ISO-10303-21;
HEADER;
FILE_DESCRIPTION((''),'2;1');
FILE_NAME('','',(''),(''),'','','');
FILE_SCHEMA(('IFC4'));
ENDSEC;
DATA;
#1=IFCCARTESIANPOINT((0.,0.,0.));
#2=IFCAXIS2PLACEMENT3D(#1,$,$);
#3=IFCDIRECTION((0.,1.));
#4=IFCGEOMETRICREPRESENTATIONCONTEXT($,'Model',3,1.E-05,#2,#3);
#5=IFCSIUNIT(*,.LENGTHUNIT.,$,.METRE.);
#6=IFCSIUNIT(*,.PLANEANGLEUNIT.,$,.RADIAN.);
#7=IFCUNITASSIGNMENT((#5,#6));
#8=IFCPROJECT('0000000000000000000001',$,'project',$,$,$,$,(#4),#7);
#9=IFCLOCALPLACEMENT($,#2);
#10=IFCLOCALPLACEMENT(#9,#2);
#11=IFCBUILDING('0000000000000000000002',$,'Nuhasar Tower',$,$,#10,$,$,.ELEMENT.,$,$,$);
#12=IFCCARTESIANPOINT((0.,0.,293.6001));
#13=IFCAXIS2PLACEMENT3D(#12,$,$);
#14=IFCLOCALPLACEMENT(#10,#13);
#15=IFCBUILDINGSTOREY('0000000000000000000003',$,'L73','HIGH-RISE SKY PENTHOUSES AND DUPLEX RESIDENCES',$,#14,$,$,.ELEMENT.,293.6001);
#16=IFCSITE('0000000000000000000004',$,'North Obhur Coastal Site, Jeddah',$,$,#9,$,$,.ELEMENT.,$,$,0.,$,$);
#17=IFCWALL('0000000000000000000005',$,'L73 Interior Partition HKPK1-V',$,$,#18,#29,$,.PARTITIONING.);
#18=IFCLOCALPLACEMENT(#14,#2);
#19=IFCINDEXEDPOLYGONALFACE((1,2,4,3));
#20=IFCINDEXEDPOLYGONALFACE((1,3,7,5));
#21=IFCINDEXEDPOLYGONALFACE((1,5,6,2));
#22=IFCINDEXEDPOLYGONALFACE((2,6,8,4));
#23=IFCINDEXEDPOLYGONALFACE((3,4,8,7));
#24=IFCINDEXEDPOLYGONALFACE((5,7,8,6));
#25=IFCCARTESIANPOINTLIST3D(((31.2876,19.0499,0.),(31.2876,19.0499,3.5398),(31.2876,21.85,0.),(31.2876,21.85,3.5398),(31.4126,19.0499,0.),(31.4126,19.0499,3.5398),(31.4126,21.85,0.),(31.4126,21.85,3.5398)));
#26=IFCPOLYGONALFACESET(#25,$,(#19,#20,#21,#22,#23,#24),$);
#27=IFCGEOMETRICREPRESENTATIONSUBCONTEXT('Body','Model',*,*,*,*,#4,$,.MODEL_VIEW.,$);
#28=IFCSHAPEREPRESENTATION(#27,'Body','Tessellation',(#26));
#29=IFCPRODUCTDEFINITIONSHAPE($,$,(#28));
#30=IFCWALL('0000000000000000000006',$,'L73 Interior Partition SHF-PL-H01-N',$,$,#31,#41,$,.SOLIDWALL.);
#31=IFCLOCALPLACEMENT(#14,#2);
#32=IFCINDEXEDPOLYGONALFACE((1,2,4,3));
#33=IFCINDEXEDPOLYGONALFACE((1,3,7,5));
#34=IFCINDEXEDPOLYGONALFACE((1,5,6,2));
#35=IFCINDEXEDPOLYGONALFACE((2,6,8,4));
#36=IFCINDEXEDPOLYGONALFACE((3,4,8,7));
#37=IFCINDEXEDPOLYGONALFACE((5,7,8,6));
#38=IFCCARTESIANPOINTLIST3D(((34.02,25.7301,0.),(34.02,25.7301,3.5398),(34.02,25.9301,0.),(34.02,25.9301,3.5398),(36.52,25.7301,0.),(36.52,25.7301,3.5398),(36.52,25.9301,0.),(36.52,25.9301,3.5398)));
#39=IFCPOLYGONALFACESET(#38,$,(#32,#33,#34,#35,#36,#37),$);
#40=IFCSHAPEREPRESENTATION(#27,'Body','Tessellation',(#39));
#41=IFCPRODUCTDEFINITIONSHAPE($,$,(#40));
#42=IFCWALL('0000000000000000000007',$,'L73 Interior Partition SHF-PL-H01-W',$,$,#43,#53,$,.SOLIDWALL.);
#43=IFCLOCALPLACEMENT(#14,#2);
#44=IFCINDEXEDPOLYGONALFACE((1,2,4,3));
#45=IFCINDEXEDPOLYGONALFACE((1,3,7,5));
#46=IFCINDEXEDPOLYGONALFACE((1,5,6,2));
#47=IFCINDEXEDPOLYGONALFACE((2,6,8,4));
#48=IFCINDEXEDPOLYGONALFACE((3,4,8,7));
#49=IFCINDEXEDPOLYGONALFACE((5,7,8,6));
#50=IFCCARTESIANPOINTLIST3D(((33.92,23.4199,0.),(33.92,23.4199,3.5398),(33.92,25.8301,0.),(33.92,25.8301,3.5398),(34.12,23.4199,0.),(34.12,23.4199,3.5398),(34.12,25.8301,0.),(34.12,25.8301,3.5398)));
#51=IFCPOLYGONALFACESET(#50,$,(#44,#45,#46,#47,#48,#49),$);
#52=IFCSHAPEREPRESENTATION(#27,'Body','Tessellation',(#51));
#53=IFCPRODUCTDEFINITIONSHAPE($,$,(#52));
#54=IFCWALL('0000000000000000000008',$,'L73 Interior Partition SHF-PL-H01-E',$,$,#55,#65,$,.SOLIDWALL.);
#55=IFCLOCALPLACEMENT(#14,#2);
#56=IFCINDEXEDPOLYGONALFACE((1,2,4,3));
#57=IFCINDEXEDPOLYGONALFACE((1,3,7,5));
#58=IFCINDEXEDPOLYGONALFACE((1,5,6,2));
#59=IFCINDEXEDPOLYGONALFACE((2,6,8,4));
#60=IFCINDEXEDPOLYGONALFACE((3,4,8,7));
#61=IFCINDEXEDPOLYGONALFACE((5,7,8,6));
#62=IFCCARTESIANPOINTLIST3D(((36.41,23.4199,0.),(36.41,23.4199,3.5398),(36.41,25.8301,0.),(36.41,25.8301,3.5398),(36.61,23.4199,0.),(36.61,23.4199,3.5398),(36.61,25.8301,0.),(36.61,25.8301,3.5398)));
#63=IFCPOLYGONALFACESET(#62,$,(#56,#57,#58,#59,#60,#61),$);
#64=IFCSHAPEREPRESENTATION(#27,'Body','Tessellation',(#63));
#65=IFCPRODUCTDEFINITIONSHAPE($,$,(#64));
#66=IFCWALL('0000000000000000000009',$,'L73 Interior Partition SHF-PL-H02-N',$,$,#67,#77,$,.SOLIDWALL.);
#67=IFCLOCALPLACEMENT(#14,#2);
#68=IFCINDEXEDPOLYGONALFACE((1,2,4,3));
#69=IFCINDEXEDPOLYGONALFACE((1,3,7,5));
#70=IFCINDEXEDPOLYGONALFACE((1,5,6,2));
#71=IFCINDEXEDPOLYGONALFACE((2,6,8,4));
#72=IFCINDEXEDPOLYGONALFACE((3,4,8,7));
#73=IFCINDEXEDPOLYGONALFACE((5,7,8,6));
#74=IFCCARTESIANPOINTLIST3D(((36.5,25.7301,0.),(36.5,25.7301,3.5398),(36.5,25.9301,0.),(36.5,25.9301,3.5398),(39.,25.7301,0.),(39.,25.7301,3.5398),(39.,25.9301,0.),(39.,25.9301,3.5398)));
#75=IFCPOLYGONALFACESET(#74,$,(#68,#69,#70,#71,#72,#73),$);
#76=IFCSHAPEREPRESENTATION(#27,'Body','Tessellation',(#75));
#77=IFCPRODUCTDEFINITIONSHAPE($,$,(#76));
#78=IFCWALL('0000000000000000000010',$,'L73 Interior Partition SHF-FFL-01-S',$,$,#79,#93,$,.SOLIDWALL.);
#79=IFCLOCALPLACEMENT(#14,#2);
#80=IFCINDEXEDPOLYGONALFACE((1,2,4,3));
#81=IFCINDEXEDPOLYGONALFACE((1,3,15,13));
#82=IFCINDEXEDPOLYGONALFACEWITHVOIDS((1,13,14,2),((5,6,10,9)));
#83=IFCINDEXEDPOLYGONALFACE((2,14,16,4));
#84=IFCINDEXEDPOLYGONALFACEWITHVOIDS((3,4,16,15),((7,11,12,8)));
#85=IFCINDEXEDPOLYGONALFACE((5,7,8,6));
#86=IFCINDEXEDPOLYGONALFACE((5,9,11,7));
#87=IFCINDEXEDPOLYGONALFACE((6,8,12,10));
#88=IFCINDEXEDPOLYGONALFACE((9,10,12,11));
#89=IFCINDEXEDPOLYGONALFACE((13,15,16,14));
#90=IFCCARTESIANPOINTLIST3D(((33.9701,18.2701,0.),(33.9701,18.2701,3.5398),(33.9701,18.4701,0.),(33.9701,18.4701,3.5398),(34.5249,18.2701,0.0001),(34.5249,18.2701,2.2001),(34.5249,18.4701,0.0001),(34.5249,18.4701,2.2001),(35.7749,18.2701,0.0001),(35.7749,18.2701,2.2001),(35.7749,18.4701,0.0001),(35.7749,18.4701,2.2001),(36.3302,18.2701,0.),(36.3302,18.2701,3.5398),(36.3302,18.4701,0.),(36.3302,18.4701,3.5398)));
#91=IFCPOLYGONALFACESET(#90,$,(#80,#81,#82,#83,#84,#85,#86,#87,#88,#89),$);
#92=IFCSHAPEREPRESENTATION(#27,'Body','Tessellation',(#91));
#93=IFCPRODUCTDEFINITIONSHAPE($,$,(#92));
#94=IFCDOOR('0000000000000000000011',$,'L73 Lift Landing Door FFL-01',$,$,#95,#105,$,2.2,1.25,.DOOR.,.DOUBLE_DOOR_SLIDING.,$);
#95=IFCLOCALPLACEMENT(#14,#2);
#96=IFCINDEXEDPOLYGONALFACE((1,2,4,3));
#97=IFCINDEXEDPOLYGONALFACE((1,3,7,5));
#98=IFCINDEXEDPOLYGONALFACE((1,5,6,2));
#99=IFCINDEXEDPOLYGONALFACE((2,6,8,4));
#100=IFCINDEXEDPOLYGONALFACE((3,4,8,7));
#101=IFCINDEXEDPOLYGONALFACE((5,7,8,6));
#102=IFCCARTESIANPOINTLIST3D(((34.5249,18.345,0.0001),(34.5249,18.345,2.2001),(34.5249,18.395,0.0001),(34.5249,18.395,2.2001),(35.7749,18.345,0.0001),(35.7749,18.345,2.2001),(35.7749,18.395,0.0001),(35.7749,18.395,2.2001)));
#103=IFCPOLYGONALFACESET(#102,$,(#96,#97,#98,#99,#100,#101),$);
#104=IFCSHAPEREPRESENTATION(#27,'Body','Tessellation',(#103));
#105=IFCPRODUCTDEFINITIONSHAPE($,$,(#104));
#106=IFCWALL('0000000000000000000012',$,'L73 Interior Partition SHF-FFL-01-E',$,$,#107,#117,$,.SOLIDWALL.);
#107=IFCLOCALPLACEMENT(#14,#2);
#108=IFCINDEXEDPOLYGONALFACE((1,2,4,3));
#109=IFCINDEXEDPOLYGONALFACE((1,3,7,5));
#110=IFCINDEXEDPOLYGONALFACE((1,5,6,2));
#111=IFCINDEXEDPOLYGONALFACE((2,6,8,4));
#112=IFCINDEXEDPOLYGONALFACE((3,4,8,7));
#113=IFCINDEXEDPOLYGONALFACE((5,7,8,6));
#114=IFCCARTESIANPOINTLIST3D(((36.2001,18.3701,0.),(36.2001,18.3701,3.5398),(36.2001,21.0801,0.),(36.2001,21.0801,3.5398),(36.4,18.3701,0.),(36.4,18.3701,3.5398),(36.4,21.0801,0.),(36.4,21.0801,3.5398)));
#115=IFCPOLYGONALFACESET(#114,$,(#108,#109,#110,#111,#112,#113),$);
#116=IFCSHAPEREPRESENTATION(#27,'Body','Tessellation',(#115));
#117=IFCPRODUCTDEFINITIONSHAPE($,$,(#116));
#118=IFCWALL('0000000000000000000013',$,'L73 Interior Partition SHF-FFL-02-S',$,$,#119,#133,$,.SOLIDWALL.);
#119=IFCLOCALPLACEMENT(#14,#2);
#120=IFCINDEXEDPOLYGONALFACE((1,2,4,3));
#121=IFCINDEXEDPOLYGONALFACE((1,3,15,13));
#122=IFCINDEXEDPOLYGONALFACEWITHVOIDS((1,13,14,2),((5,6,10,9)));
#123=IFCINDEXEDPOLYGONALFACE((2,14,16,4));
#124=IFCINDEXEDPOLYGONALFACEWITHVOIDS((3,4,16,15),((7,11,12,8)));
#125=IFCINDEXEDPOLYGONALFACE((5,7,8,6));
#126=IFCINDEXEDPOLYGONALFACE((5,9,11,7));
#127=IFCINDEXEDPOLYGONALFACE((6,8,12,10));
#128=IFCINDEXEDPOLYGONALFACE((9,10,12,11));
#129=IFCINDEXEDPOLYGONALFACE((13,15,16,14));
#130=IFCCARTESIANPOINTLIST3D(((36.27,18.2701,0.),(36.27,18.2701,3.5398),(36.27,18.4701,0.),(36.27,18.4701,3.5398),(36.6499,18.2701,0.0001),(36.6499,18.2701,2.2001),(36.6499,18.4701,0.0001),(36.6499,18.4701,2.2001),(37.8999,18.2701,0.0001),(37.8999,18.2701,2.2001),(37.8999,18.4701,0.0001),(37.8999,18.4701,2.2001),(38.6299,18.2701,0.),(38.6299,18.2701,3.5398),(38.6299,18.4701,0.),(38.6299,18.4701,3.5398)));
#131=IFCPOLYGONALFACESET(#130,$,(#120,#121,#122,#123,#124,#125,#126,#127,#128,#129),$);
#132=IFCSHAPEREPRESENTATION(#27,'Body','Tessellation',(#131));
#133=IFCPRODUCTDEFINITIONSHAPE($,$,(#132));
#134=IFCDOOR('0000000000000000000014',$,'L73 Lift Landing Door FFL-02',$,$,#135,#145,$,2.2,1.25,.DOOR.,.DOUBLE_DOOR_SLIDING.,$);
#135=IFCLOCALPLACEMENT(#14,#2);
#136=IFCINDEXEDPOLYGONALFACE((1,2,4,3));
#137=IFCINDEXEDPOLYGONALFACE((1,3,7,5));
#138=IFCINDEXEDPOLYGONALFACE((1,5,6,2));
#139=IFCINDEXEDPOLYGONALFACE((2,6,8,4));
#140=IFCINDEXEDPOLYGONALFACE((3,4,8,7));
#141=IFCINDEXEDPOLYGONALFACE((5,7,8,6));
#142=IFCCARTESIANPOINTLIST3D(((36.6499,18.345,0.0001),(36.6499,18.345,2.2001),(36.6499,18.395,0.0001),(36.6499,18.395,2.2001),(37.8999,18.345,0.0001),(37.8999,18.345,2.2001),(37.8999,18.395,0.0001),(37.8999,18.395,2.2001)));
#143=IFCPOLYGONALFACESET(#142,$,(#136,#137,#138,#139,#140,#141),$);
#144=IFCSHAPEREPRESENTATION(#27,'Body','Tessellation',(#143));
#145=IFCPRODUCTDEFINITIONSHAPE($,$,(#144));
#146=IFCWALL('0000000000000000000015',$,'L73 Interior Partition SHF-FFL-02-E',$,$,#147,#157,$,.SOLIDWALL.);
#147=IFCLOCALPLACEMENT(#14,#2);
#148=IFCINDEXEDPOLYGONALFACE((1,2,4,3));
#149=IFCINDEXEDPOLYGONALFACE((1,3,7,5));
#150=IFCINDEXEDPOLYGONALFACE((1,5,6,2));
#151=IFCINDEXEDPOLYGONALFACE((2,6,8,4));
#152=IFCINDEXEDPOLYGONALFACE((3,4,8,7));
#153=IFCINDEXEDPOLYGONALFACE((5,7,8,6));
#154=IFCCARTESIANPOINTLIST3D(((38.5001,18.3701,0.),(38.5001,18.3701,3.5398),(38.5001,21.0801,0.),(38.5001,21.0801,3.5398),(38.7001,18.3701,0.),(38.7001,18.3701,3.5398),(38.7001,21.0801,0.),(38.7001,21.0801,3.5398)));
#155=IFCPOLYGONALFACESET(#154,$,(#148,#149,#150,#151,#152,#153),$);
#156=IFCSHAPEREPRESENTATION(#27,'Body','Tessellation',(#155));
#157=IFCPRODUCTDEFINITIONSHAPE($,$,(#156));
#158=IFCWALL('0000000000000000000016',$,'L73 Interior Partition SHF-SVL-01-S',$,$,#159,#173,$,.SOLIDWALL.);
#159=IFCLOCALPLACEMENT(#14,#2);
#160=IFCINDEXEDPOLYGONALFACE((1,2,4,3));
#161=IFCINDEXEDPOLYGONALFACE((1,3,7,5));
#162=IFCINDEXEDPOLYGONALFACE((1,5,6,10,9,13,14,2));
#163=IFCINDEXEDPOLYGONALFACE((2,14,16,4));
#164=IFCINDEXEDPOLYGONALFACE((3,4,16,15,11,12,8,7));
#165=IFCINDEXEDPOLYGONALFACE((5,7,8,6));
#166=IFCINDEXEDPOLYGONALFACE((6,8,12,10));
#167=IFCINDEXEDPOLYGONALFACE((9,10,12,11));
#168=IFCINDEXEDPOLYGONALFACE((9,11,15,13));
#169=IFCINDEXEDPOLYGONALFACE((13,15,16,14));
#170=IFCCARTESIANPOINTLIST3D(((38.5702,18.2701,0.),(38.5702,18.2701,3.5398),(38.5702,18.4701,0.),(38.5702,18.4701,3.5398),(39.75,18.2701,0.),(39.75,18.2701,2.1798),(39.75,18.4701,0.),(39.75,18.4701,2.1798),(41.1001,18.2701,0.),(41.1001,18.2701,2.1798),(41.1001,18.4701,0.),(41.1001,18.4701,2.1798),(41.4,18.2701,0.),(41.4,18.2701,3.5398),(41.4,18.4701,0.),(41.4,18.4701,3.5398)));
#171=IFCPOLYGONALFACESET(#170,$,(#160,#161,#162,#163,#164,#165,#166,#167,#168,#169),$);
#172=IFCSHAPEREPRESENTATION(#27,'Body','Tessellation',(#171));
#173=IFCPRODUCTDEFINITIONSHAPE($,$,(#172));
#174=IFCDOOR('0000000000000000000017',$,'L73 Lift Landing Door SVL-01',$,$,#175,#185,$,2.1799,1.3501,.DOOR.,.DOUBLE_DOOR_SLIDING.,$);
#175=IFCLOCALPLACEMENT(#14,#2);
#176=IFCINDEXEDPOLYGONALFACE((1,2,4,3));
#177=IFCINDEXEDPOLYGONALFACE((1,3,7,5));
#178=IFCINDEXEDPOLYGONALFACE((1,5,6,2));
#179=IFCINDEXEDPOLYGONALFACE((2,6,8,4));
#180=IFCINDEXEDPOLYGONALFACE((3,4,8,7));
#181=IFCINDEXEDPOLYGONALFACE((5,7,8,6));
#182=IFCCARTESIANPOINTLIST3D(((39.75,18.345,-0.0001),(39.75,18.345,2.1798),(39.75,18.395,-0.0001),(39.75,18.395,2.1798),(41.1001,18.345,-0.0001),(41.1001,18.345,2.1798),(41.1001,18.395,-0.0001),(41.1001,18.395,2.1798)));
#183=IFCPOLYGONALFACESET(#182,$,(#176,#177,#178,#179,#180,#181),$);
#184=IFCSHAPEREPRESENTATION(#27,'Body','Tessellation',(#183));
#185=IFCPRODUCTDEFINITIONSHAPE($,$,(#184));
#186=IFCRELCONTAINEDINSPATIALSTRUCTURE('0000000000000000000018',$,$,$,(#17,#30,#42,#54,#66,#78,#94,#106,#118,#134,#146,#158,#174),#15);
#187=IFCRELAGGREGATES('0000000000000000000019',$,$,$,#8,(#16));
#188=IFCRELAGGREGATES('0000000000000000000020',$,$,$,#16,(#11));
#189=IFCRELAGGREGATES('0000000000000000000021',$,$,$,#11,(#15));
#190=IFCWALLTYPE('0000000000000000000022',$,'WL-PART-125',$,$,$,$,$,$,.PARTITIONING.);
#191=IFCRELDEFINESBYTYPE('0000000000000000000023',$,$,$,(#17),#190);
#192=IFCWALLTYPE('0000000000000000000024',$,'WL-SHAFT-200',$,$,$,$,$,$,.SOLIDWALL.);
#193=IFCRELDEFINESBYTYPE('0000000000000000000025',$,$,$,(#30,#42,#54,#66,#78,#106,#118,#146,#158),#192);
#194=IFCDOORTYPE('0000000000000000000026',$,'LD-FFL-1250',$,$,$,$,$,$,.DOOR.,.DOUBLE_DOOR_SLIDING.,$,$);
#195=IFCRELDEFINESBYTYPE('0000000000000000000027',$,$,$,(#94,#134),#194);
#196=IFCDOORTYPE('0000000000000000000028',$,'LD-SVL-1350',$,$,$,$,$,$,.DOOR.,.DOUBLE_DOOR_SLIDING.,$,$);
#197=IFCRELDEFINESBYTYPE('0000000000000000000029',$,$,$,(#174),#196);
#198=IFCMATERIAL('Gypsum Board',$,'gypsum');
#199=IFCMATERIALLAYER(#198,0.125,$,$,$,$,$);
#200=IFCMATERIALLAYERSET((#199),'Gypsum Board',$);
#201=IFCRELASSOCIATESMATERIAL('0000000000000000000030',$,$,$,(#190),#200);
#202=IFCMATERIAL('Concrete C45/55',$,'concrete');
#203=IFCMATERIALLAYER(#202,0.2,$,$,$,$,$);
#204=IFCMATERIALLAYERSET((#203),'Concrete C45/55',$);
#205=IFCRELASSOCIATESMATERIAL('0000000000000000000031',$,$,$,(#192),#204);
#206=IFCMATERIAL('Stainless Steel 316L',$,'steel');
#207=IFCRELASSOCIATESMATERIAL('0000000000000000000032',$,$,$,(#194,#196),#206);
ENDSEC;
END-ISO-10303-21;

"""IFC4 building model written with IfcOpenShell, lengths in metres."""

from ifc_helpers import new_model, si_unit, direction, frame, frame_2d, origin, place, context, subcontext, project, spatial, rectangle, extrude, material, layer, layer_set, type_object, element, fill, save


model = new_model("IFC4")

# Units and contexts
model_context = context("Model", 3, precision=1e-05, world=origin(), true_north=direction((0.0, 1.0)))
body_context = subcontext(model_context, "Body", "Model", "MODEL_VIEW")
ifc_project = project(units=[si_unit("LENGTHUNIT", "METRE"), si_unit("PLANEANGLEUNIT", "RADIAN")], contexts=[model_context])

# Site, building, storey
site_placement = place(None, origin())
site = spatial("IfcSite", under=ifc_project, at=site_placement, Name="North Obhur Coastal Site, Jeddah", CompositionType="ELEMENT", RefElevation=0.0)
building_placement = place(site_placement, origin())
building = spatial("IfcBuilding", under=site, at=building_placement, Name="Nuhasar Tower", CompositionType="ELEMENT")
storey_placement = place(building_placement, frame((0.0, 0.0, 293.6001)))
storey = spatial("IfcBuildingStorey", under=building, at=storey_placement, Name="L73", Description="HIGH-RISE SKY PENTHOUSES AND DUPLEX RESIDENCES", CompositionType="ELEMENT", Elevation=293.6001)

# Shared definitions
ifc_material_1 = material(Name="Gypsum Board", Category="gypsum")

# Shared definitions
ifc_material_2 = material(Name="Concrete C45/55", Category="concrete")

# Shared definitions
ifc_layer_1 = layer(ifc_material_1, 0.125)
ifc_layer_set_1 = layer_set([ifc_layer_1], Name="Gypsum Board")
wall_type_1 = type_object("IfcWallType", Name="WL-PART-125", PredefinedType="PARTITIONING", material=ifc_layer_set_1)

# Wall
wall_1_placement = place(storey_placement, frame((31.3501, 19.05, 0.0), z_axis=(0.0, 0.0, 1.0), x_axis=(0.0, 1.0, 0.0)))
element("IfcWall", 1, at=wall_1_placement, inside=storey, type_object=wall_type_1, Name="L73 Interior Partition HKPK1-V", PredefinedType="PARTITIONING", context=body_context, shape_type="SweptSolid", body=[
    extrude(rectangle(XDim=2.8, YDim=0.125, at=frame_2d((1.3999, 0.0))), origin(), (0.0, 0.0, 1.0), 3.5398),
])

# Shared definitions
ifc_layer_2 = layer(ifc_material_2, 0.2)
ifc_layer_set_2 = layer_set([ifc_layer_2], Name="Concrete C45/55")
wall_type_2 = type_object("IfcWallType", Name="WL-SHAFT-200", PredefinedType="SOLIDWALL", material=ifc_layer_set_2)
ifc_material_3 = material(Name="Stainless Steel 316L", Category="steel")

# Walls
wall_2_placement = place(storey_placement, frame((34.02, 25.8301, 0.0), z_axis=(0.0, 0.0, 1.0), x_axis=(1.0, 0.0, 0.0)))
element("IfcWall", 2, at=wall_2_placement, inside=storey, type_object=wall_type_2, Name="L73 Interior Partition SHF-PL-H01-N", PredefinedType="SOLIDWALL", context=body_context, shape_type="SweptSolid", body=[
    extrude(rectangle(XDim=2.5, YDim=0.2, at=frame_2d((1.25, 0.0))), origin(), (0.0, 0.0, 1.0), 3.5398),
])
for number, where, z_axis, x_axis, name in (
    (3, (34.02, 23.4199, 0.0), (0.0, 0.0, 1.0), (0.0, 1.0, 0.0), "L73 Interior Partition SHF-PL-H01-W"),
    (4, (36.51, 23.4199, 0.0), (0.0, 0.0, 1.0), (0.0, 1.0, 0.0), "L73 Interior Partition SHF-PL-H01-E"),
):
    element("IfcWall", number, at=place(storey_placement, frame(where, z_axis=z_axis, x_axis=x_axis)), inside=storey, type_object=wall_type_2, Name=name, PredefinedType="SOLIDWALL", context=body_context, shape_type="SweptSolid", body=[
        extrude(rectangle(XDim=2.4102, YDim=0.2, at=frame_2d((1.2051, 0.0))), origin(), (0.0, 0.0, 1.0), 3.5398),
    ])

# Wall
wall_3_placement = place(storey_placement, frame((36.5, 25.8301, 0.0), z_axis=(0.0, 0.0, 1.0), x_axis=(1.0, 0.0, 0.0)))
element("IfcWall", 5, at=wall_3_placement, inside=storey, type_object=wall_type_2, Name="L73 Interior Partition SHF-PL-H02-N", PredefinedType="SOLIDWALL", context=body_context, shape_type="SweptSolid", body=[
    extrude(rectangle(XDim=2.5, YDim=0.2, at=frame_2d((1.25, 0.0))), origin(), (0.0, 0.0, 1.0), 3.5398),
])

# Wall, opening, door
wall_4_placement = place(storey_placement, frame((33.97, 18.3701, 0.0), z_axis=(0.0, 0.0, 1.0), x_axis=(1.0, 0.0, 0.0)))
wall_4 = element("IfcWall", 6, at=wall_4_placement, inside=storey, type_object=wall_type_2, Name="L73 Interior Partition SHF-FFL-01-S", PredefinedType="SOLIDWALL", context=body_context, shape_type="SweptSolid", body=[
    extrude(rectangle(XDim=2.3601, YDim=0.2, at=frame_2d((1.1802, 0.0))), origin(), (0.0, 0.0, 1.0), 3.5398),
])
opening_1_placement = place(wall_4_placement, frame((0.5549, 0.0, 0.0)))
opening_1 = element("IfcOpeningElement", 7, at=opening_1_placement, cuts=wall_4, PredefinedType="OPENING", context=body_context, shape_type="SweptSolid", body=[
    extrude(rectangle(XDim=1.25, YDim=2.2, at=frame_2d((0.625, 1.1001))), frame((0.0, 0.1099, 0.0), z_axis=(0.0, -1.0, 0.0), x_axis=(1.0, 0.0, 0.0)), (0.0, 0.0, 1.0), 0.22),
])
door_type_1 = type_object("IfcDoorType", Name="LD-FFL-1250", OperationType="DOUBLE_DOOR_SLIDING", PredefinedType="DOOR", material=ifc_material_3)
door_1_placement = place(opening_1_placement, origin())
door_1 = element("IfcDoor", 8, at=door_1_placement, inside=storey, type_object=door_type_1, Name="L73 Lift Landing Door FFL-01", OperationType="DOUBLE_DOOR_SLIDING", OverallHeight=2.2, OverallWidth=1.25, PredefinedType="DOOR", context=body_context, shape_type="SweptSolid", body=[
    extrude(rectangle(XDim=1.25, YDim=2.2, at=frame_2d((0.625, 1.1001))), frame((0.0, 0.0249, 0.0), z_axis=(0.0, -1.0, 0.0), x_axis=(1.0, 0.0, 0.0)), (0.0, 0.0, 1.0), 0.05),
])
fill(opening_1, door_1)

# Wall
wall_5_placement = place(storey_placement, frame((36.3, 18.3701, 0.0), z_axis=(0.0, 0.0, 1.0), x_axis=(0.0, 1.0, 0.0)))
element("IfcWall", 9, at=wall_5_placement, inside=storey, type_object=wall_type_2, Name="L73 Interior Partition SHF-FFL-01-E", PredefinedType="SOLIDWALL", context=body_context, shape_type="SweptSolid", body=[
    extrude(rectangle(XDim=2.71, YDim=0.2, at=frame_2d((1.355, 0.0))), origin(), (0.0, 0.0, 1.0), 3.5398),
])

# Wall, opening, door
wall_6_placement = place(storey_placement, frame((36.27, 18.3701, 0.0), z_axis=(0.0, 0.0, 1.0), x_axis=(1.0, 0.0, 0.0)))
wall_6 = element("IfcWall", 10, at=wall_6_placement, inside=storey, type_object=wall_type_2, Name="L73 Interior Partition SHF-FFL-02-S", PredefinedType="SOLIDWALL", context=body_context, shape_type="SweptSolid", body=[
    extrude(rectangle(XDim=2.3599, YDim=0.2, at=frame_2d((1.1799, 0.0))), origin(), (0.0, 0.0, 1.0), 3.5398),
])
opening_2_placement = place(wall_6_placement, frame((0.3799, 0.0, 0.0)))
opening_2 = element("IfcOpeningElement", 11, at=opening_2_placement, cuts=wall_6, PredefinedType="OPENING", context=body_context, shape_type="SweptSolid", body=[
    extrude(rectangle(XDim=1.25, YDim=2.2, at=frame_2d((0.625, 1.1001))), frame((0.0, 0.1099, 0.0), z_axis=(0.0, -1.0, 0.0), x_axis=(1.0, 0.0, 0.0)), (0.0, 0.0, 1.0), 0.22),
])
door_2_placement = place(opening_2_placement, origin())
door_2 = element("IfcDoor", 12, at=door_2_placement, inside=storey, type_object=door_type_1, Name="L73 Lift Landing Door FFL-02", OperationType="DOUBLE_DOOR_SLIDING", OverallHeight=2.2, OverallWidth=1.25, PredefinedType="DOOR", context=body_context, shape_type="SweptSolid", body=[
    extrude(rectangle(XDim=1.25, YDim=2.2, at=frame_2d((0.625, 1.1001))), frame((0.0, 0.0249, 0.0), z_axis=(0.0, -1.0, 0.0), x_axis=(1.0, 0.0, 0.0)), (0.0, 0.0, 1.0), 0.05),
])
fill(opening_2, door_2)

# Wall
wall_7_placement = place(storey_placement, frame((38.6001, 18.3701, 0.0), z_axis=(0.0, 0.0, 1.0), x_axis=(0.0, 1.0, 0.0)))
element("IfcWall", 13, at=wall_7_placement, inside=storey, type_object=wall_type_2, Name="L73 Interior Partition SHF-FFL-02-E", PredefinedType="SOLIDWALL", context=body_context, shape_type="SweptSolid", body=[
    extrude(rectangle(XDim=2.71, YDim=0.2, at=frame_2d((1.355, 0.0))), origin(), (0.0, 0.0, 1.0), 3.5398),
])

# Wall, opening, door
wall_8_placement = place(storey_placement, frame((38.5701, 18.3701, 0.0), z_axis=(0.0, 0.0, 1.0), x_axis=(1.0, 0.0, 0.0)))
wall_8 = element("IfcWall", 14, at=wall_8_placement, inside=storey, type_object=wall_type_2, Name="L73 Interior Partition SHF-SVL-01-S", PredefinedType="SOLIDWALL", context=body_context, shape_type="SweptSolid", body=[
    extrude(rectangle(XDim=2.8298, YDim=0.2, at=frame_2d((1.415, 0.0))), origin(), (0.0, 0.0, 1.0), 3.5398),
])
opening_3_placement = place(wall_8_placement, frame((1.1799, 0.0, 0.0)))
opening_3 = element("IfcOpeningElement", 15, at=opening_3_placement, cuts=wall_8, PredefinedType="OPENING", context=body_context, shape_type="SweptSolid", body=[
    extrude(rectangle(XDim=1.3501, YDim=2.1799, at=frame_2d((0.675, 1.0898))), frame((0.0, 0.1099, 0.0), z_axis=(0.0, -1.0, 0.0), x_axis=(1.0, 0.0, 0.0)), (0.0, 0.0, 1.0), 0.22),
])
door_type_2 = type_object("IfcDoorType", Name="LD-SVL-1350", OperationType="DOUBLE_DOOR_SLIDING", PredefinedType="DOOR", material=ifc_material_3)
door_3_placement = place(opening_3_placement, origin())
door_3 = element("IfcDoor", 16, at=door_3_placement, inside=storey, type_object=door_type_2, Name="L73 Lift Landing Door SVL-01", OperationType="DOUBLE_DOOR_SLIDING", OverallHeight=2.1799, OverallWidth=1.3501, PredefinedType="DOOR", context=body_context, shape_type="SweptSolid", body=[
    extrude(rectangle(XDim=1.3501, YDim=2.1799, at=frame_2d((0.675, 1.0898))), frame((0.0, 0.0249, 0.0), z_axis=(0.0, -1.0, 0.0), x_axis=(1.0, 0.0, 0.0)), (0.0, 0.0, 1.0), 0.05),
])
fill(opening_3, door_3)

save(model, "model.ifc")
